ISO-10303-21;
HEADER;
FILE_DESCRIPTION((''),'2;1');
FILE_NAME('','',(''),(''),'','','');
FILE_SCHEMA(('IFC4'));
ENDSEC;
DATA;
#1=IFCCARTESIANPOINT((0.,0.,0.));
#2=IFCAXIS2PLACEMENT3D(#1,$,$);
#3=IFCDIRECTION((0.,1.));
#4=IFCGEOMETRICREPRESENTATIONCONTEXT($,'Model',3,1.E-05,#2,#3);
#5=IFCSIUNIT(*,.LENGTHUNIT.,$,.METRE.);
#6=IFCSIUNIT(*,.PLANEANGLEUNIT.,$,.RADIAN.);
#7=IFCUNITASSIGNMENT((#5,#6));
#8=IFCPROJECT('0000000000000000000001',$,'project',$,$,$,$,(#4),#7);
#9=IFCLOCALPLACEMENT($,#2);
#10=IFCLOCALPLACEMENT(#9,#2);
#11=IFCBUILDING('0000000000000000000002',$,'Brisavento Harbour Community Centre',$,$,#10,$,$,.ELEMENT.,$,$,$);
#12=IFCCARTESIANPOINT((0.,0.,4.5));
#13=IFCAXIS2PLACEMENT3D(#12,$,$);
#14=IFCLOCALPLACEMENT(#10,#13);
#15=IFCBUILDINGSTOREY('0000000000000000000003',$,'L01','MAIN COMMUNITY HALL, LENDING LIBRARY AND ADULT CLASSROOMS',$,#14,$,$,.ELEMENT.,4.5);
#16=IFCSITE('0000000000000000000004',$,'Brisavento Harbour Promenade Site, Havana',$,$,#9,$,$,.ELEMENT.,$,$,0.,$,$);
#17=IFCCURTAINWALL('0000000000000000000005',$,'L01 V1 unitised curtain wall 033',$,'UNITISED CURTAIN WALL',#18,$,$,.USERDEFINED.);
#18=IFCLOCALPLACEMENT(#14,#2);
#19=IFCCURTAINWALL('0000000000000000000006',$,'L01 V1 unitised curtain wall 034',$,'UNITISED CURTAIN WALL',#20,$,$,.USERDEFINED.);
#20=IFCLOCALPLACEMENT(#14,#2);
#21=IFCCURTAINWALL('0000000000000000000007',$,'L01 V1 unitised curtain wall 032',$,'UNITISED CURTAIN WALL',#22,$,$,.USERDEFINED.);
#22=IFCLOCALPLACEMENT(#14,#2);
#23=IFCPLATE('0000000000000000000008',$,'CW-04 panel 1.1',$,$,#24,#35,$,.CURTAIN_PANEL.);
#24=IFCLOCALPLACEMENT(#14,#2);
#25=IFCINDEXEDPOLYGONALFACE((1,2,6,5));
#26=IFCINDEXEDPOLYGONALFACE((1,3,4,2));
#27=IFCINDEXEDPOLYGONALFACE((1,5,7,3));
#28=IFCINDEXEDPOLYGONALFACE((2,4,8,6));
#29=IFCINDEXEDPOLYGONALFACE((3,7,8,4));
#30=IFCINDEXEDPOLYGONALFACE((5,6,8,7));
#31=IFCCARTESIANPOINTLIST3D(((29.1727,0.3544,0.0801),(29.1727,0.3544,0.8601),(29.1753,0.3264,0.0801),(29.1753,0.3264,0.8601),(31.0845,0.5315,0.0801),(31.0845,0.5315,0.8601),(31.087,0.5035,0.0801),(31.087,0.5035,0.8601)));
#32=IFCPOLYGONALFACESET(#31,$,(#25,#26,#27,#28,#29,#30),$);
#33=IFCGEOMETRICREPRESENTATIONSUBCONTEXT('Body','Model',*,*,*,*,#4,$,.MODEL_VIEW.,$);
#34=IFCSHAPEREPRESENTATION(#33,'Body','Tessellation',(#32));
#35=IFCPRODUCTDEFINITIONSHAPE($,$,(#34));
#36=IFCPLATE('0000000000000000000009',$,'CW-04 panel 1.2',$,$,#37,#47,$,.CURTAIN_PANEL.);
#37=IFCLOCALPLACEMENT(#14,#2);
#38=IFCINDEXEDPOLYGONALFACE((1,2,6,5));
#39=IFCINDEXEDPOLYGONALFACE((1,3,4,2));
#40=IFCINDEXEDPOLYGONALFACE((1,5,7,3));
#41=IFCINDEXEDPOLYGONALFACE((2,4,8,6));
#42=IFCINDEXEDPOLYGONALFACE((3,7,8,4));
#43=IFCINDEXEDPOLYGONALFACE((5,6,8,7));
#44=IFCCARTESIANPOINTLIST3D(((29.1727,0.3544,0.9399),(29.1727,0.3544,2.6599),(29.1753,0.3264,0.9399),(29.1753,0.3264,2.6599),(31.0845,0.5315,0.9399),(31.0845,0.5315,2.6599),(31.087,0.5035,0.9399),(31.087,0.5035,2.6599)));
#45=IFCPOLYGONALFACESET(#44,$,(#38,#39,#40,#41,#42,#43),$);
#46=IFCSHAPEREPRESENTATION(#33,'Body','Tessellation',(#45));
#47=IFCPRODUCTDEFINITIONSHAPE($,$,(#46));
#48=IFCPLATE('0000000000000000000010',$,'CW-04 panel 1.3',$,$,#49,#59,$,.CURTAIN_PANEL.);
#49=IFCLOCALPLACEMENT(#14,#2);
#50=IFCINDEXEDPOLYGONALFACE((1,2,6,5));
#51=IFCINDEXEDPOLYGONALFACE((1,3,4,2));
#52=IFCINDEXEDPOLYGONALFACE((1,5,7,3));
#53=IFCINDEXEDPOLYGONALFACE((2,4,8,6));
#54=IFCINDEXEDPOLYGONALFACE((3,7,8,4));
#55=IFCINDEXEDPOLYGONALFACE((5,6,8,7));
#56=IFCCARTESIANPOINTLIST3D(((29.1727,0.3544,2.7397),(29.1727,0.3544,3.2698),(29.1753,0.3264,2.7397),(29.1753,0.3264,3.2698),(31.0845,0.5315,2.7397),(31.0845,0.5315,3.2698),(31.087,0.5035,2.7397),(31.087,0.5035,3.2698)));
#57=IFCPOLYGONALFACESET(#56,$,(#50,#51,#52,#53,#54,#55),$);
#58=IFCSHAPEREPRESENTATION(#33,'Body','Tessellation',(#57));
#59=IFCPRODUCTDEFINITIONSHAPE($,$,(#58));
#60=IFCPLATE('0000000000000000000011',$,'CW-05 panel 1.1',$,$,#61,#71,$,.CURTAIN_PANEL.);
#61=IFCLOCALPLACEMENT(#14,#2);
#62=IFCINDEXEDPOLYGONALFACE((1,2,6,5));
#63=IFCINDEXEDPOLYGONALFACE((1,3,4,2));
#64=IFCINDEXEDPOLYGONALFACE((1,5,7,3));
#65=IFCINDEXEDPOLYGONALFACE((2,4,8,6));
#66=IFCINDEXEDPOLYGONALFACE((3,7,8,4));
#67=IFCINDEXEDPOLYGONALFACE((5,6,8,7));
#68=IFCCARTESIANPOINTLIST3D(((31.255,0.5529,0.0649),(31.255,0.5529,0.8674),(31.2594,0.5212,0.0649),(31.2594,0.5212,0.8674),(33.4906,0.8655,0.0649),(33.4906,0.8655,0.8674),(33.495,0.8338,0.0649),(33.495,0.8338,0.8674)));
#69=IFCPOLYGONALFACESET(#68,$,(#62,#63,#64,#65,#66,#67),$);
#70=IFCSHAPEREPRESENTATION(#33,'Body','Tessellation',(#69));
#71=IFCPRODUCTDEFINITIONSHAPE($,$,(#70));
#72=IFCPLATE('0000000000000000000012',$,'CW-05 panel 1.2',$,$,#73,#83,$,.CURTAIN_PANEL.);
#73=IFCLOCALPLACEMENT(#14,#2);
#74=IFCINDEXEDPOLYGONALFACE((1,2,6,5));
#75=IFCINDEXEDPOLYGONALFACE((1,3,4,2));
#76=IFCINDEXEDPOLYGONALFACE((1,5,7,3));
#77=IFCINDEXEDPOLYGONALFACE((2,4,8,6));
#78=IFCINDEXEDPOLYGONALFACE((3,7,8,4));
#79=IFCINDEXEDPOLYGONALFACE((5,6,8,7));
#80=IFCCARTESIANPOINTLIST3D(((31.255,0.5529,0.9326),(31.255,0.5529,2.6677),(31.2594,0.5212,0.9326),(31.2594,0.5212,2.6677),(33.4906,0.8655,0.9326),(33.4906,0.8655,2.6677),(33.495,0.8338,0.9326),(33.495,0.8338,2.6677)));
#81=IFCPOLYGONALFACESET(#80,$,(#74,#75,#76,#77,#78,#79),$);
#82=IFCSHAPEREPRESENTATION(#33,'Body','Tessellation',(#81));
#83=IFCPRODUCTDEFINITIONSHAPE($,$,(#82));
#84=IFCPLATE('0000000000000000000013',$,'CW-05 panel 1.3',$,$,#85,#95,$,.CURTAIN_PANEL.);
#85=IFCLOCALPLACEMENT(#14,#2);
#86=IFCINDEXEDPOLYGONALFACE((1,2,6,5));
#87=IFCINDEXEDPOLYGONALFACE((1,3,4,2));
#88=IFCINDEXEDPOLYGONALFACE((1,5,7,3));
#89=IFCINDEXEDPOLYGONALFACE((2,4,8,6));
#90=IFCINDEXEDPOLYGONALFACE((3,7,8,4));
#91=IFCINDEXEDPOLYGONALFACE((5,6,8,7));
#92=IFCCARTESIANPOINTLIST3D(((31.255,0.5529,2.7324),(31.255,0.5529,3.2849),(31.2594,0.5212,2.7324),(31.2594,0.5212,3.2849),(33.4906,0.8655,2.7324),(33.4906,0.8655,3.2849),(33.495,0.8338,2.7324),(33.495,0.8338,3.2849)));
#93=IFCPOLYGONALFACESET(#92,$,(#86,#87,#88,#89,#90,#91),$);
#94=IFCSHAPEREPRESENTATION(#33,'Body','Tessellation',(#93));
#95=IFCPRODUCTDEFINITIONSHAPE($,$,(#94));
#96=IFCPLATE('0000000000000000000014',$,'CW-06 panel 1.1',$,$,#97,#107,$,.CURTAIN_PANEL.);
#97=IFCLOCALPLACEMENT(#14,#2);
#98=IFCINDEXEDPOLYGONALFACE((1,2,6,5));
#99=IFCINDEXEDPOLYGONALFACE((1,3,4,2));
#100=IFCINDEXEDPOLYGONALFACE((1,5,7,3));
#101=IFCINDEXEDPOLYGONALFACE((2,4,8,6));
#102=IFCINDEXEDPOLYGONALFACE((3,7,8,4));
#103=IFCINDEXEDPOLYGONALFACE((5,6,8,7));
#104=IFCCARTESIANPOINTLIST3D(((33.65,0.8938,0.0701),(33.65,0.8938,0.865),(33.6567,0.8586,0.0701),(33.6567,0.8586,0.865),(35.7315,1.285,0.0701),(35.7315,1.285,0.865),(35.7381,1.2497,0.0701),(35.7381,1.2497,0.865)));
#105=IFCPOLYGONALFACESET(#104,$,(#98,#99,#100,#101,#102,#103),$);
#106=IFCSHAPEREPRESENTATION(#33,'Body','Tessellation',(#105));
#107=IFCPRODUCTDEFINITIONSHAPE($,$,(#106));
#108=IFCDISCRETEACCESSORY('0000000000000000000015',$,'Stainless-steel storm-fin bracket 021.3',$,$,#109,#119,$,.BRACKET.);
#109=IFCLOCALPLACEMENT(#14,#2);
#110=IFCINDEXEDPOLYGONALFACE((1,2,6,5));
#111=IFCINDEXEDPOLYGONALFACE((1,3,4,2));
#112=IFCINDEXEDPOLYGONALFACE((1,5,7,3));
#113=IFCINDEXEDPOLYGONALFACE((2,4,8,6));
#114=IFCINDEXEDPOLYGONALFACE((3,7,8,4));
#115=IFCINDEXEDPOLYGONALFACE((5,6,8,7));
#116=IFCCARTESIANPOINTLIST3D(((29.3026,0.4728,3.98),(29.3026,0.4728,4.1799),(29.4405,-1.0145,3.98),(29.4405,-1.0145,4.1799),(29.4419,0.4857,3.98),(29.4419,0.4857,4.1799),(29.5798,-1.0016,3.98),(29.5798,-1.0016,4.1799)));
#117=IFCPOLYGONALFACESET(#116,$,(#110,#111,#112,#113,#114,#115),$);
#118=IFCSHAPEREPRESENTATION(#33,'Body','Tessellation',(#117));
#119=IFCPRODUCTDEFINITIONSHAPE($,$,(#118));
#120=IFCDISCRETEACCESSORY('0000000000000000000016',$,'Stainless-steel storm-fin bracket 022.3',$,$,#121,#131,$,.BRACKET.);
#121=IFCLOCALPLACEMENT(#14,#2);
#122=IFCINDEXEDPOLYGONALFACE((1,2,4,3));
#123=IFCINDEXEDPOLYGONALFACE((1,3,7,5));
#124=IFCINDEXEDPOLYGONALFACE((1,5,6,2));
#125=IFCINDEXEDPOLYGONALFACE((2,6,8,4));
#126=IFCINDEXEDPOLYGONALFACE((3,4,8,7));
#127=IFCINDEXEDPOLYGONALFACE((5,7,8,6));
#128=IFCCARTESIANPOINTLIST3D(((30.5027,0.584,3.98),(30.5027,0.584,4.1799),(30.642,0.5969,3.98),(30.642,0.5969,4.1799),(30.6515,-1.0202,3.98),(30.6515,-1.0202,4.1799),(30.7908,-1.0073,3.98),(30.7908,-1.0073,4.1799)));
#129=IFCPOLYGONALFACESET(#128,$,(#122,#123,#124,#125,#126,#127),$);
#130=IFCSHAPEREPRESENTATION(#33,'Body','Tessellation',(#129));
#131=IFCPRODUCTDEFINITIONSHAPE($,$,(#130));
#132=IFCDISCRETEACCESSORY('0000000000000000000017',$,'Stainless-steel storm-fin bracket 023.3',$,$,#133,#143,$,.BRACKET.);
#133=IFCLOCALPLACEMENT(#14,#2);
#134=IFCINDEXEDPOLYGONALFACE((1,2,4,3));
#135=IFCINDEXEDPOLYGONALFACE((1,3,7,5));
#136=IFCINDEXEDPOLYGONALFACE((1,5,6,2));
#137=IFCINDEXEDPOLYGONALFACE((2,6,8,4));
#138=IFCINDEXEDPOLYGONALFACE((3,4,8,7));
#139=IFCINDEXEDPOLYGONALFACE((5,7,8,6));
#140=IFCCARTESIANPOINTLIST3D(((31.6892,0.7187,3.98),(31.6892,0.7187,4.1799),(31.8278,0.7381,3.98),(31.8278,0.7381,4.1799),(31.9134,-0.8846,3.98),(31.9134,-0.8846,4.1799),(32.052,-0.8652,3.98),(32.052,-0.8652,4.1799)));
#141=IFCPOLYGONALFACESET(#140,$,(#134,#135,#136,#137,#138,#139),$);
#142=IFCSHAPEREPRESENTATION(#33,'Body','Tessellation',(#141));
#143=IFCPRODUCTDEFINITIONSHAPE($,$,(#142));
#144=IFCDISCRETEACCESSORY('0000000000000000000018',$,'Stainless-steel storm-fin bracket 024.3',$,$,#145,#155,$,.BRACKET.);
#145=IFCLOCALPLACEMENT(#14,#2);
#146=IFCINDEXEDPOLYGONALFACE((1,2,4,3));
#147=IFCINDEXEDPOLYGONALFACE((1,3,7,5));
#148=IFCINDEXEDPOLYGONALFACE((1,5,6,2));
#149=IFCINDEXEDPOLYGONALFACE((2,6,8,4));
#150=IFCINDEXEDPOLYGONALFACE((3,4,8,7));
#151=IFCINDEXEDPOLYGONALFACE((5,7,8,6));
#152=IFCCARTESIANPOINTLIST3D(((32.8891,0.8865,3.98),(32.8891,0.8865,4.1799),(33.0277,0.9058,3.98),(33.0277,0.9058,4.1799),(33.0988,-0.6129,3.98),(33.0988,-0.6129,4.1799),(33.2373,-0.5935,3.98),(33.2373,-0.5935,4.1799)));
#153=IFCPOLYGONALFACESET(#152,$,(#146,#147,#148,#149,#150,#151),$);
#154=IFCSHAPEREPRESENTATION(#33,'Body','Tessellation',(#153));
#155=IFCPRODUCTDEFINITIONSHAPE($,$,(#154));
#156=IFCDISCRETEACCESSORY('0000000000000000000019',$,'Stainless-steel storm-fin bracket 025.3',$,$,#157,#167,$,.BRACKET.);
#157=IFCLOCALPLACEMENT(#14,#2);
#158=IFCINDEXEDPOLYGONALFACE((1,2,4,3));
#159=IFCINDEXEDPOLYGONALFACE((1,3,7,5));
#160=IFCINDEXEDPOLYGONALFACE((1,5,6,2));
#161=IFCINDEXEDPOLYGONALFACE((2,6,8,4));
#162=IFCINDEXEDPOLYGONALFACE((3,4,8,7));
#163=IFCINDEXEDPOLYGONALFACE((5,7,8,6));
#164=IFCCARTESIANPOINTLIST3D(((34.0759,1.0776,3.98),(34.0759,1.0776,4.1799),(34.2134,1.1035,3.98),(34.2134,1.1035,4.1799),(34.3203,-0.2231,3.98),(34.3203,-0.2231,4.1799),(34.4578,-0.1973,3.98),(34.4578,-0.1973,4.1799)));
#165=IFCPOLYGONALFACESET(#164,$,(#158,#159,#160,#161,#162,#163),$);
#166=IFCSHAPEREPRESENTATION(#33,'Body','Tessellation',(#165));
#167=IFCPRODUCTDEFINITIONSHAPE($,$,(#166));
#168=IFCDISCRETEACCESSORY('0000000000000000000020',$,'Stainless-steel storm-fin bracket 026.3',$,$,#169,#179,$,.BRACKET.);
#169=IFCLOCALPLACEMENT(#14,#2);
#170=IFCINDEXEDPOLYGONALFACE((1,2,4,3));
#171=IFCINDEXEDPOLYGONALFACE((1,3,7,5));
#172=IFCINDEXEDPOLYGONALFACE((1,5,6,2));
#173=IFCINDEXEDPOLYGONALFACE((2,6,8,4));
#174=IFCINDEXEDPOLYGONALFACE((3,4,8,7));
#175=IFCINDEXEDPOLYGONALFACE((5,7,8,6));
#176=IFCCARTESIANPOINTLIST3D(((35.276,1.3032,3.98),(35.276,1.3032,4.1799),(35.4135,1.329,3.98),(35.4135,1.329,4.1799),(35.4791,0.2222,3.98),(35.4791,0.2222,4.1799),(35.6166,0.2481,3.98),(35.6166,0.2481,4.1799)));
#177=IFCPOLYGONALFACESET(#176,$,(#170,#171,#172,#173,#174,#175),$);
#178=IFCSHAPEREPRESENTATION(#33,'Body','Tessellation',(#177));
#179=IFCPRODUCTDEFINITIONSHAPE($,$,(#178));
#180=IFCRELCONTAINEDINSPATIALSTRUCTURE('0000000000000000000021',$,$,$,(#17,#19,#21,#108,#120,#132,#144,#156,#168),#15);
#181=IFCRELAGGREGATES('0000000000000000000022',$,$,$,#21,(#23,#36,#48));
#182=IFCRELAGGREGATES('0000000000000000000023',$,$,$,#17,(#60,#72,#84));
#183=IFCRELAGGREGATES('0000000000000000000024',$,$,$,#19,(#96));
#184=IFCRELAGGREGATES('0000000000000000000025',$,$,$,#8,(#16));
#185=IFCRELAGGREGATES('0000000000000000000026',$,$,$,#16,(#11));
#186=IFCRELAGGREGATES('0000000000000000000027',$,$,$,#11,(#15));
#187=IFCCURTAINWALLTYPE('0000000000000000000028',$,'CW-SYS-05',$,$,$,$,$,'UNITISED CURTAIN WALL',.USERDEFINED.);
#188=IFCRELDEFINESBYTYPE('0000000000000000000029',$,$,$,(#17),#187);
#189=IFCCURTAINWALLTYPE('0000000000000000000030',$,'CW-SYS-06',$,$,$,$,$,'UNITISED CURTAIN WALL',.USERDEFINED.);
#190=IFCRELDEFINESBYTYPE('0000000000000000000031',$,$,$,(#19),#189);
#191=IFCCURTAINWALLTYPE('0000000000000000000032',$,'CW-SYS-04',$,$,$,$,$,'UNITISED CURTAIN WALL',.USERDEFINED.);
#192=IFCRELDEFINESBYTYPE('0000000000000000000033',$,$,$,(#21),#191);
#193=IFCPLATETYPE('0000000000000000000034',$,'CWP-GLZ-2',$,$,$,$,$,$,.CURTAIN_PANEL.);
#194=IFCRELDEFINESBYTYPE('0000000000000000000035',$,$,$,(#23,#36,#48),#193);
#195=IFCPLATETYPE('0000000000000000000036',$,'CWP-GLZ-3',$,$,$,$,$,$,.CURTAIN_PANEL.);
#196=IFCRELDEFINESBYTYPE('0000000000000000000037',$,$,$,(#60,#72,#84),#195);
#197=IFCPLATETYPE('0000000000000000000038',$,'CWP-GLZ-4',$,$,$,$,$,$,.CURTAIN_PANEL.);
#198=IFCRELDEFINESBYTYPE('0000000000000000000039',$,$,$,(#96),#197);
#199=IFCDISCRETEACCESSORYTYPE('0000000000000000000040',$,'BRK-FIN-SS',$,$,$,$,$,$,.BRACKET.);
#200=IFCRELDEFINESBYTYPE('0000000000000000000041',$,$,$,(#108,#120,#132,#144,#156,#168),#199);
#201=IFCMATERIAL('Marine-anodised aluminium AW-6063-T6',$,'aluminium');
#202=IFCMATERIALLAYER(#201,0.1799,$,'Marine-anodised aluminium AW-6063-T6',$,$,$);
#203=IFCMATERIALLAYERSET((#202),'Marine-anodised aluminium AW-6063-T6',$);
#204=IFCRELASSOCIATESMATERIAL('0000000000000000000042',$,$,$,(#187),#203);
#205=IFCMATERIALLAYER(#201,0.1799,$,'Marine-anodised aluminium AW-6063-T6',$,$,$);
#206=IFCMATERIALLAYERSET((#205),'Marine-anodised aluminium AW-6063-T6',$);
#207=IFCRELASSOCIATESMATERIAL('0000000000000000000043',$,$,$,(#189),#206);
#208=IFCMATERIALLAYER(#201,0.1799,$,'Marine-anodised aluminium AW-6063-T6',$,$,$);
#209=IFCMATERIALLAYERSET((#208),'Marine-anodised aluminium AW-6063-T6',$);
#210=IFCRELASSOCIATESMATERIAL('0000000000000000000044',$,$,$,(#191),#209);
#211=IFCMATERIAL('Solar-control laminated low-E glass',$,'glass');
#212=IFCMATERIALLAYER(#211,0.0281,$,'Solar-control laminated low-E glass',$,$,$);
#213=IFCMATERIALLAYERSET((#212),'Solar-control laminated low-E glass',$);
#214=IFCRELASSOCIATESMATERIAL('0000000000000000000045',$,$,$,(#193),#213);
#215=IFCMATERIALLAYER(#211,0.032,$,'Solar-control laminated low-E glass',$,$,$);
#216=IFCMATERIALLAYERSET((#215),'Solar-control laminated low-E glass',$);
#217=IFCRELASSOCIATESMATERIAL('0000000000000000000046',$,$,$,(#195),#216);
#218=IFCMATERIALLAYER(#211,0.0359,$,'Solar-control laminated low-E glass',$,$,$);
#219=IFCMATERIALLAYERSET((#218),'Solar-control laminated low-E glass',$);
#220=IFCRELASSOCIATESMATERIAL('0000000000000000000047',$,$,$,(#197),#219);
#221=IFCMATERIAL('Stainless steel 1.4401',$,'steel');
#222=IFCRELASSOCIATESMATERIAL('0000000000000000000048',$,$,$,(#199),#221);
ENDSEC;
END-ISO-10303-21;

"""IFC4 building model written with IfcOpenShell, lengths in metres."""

from ifc_helpers import new_model, si_unit, direction, frame, origin, origin_2d, place, context, subcontext, project, spatial, rectangle, extrude, material, layer, layer_set, type_object, element, aggregate, save


model = new_model("IFC4")

# Units and contexts
model_context = context("Model", 3, precision=1e-05, world=origin(), true_north=direction((0.0, 1.0)))
body_context = subcontext(model_context, "Body", "Model", "MODEL_VIEW")
ifc_project = project(units=[si_unit("LENGTHUNIT", "METRE"), si_unit("PLANEANGLEUNIT", "RADIAN")], contexts=[model_context])

# Site, building, storey
site_placement = place(None, origin())
site = spatial("IfcSite", under=ifc_project, at=site_placement, Name="Brisavento Harbour Promenade Site, Havana", CompositionType="ELEMENT", RefElevation=0.0)
building_placement = place(site_placement, origin())
building = spatial("IfcBuilding", under=site, at=building_placement, Name="Brisavento Harbour Community Centre", CompositionType="ELEMENT")
storey_placement = place(building_placement, frame((0.0, 0.0, 4.5)))
storey = spatial("IfcBuildingStorey", under=building, at=storey_placement, Name="L01", Description="MAIN COMMUNITY HALL, LENDING LIBRARY AND ADULT CLASSROOMS", CompositionType="ELEMENT", Elevation=4.5)

# Curtain wall
ifc_material_1 = material(Name="Marine-anodised aluminium AW-6063-T6", Category="aluminium")
ifc_layer_1 = layer(ifc_material_1, 0.1799, Name="Marine-anodised aluminium AW-6063-T6")
ifc_layer_set_1 = layer_set([ifc_layer_1], Name="Marine-anodised aluminium AW-6063-T6")
curtain_wall_type_1 = type_object("IfcCurtainWallType", Name="CW-SYS-05", ElementType="UNITISED CURTAIN WALL", PredefinedType="USERDEFINED", material=ifc_layer_set_1)
curtain_wall_1_placement = place(storey_placement, origin())
curtain_wall_1 = element("IfcCurtainWall", 1, at=curtain_wall_1_placement, inside=storey, type_object=curtain_wall_type_1, Name="L01 V1 unitised curtain wall 033", ObjectType="UNITISED CURTAIN WALL", PredefinedType="USERDEFINED")

# Curtain wall
ifc_layer_2 = layer(ifc_material_1, 0.1799, Name="Marine-anodised aluminium AW-6063-T6")
ifc_layer_set_2 = layer_set([ifc_layer_2], Name="Marine-anodised aluminium AW-6063-T6")
curtain_wall_type_2 = type_object("IfcCurtainWallType", Name="CW-SYS-06", ElementType="UNITISED CURTAIN WALL", PredefinedType="USERDEFINED", material=ifc_layer_set_2)
curtain_wall_2_placement = place(storey_placement, origin())
curtain_wall_2 = element("IfcCurtainWall", 2, at=curtain_wall_2_placement, inside=storey, type_object=curtain_wall_type_2, Name="L01 V1 unitised curtain wall 034", ObjectType="UNITISED CURTAIN WALL", PredefinedType="USERDEFINED")

# Curtain wall
ifc_layer_3 = layer(ifc_material_1, 0.1799, Name="Marine-anodised aluminium AW-6063-T6")
ifc_layer_set_3 = layer_set([ifc_layer_3], Name="Marine-anodised aluminium AW-6063-T6")
curtain_wall_type_3 = type_object("IfcCurtainWallType", Name="CW-SYS-04", ElementType="UNITISED CURTAIN WALL", PredefinedType="USERDEFINED", material=ifc_layer_set_3)
curtain_wall_3_placement = place(storey_placement, origin())
curtain_wall_3 = element("IfcCurtainWall", 3, at=curtain_wall_3_placement, inside=storey, type_object=curtain_wall_type_3, Name="L01 V1 unitised curtain wall 032", ObjectType="UNITISED CURTAIN WALL", PredefinedType="USERDEFINED")

# Plates
ifc_material_2 = material(Name="Solar-control laminated low-E glass", Category="glass")
ifc_layer_4 = layer(ifc_material_2, 0.0281, Name="Solar-control laminated low-E glass")
ifc_layer_set_4 = layer_set([ifc_layer_4], Name="Solar-control laminated low-E glass")
plate_type_1 = type_object("IfcPlateType", Name="CWP-GLZ-2", PredefinedType="CURTAIN_PANEL", material=ifc_layer_set_4)
plate_1_placement = place(storey_placement, frame((30.1299, 0.429, 0.0801), z_axis=(0.0, 0.0, 1.0), x_axis=(-0.995735, -0.092261, 0.0)))
plate_1 = element("IfcPlate", 4, at=plate_1_placement, type_object=plate_type_1, Name="CW-04 panel 1.1", PredefinedType="CURTAIN_PANEL", context=body_context, shape_type="SweptSolid", body=[
    extrude(rectangle(XDim=1.9199, YDim=0.0281, at=origin_2d()), origin(), (0.0, 0.0, 1.0), 0.78),
])
plate_2_placement = place(storey_placement, frame((30.1299, 0.429, 0.9399), z_axis=(0.0, 0.0, 1.0), x_axis=(-0.995735, -0.092261, 0.0)))
plate_2 = element("IfcPlate", 5, at=plate_2_placement, type_object=plate_type_1, Name="CW-04 panel 1.2", PredefinedType="CURTAIN_PANEL", context=body_context, shape_type="SweptSolid", body=[
    extrude(rectangle(XDim=1.9199, YDim=0.0281, at=origin_2d()), origin(), (0.0, 0.0, 1.0), 1.72),
])
plate_3_placement = place(storey_placement, frame((30.1299, 0.429, 2.7397), z_axis=(0.0, 0.0, 1.0), x_axis=(-0.995735, -0.092261, 0.0)))
plate_3 = element("IfcPlate", 6, at=plate_3_placement, type_object=plate_type_1, Name="CW-04 panel 1.3", PredefinedType="CURTAIN_PANEL", context=body_context, shape_type="SweptSolid", body=[
    extrude(rectangle(XDim=1.9199, YDim=0.0281, at=origin_2d()), origin(), (0.0, 0.0, 1.0), 0.53),
])
aggregate(curtain_wall_3, [plate_1, plate_2, plate_3])
ifc_layer_5 = layer(ifc_material_2, 0.032, Name="Solar-control laminated low-E glass")
ifc_layer_set_5 = layer_set([ifc_layer_5], Name="Solar-control laminated low-E glass")
plate_type_2 = type_object("IfcPlateType", Name="CWP-GLZ-3", PredefinedType="CURTAIN_PANEL", material=ifc_layer_set_5)
plate_4_placement = place(storey_placement, frame((32.375, 0.6934, 0.0649), z_axis=(0.0, 0.0, 1.0), x_axis=(-0.990366, -0.138477, 0.0)))
plate_4 = element("IfcPlate", 7, at=plate_4_placement, type_object=plate_type_2, Name="CW-05 panel 1.1", PredefinedType="CURTAIN_PANEL", context=body_context, shape_type="SweptSolid", body=[
    extrude(rectangle(XDim=2.2573, YDim=0.032, at=origin_2d()), origin(), (0.0, 0.0, 1.0), 0.8025),
])
plate_5_placement = place(storey_placement, frame((32.375, 0.6934, 0.9326), z_axis=(0.0, 0.0, 1.0), x_axis=(-0.990366, -0.138477, 0.0)))
plate_5 = element("IfcPlate", 8, at=plate_5_placement, type_object=plate_type_2, Name="CW-05 panel 1.2", PredefinedType="CURTAIN_PANEL", context=body_context, shape_type="SweptSolid", body=[
    extrude(rectangle(XDim=2.2573, YDim=0.032, at=origin_2d()), origin(), (0.0, 0.0, 1.0), 1.7351),
])
plate_6_placement = place(storey_placement, frame((32.375, 0.6934, 2.7324), z_axis=(0.0, 0.0, 1.0), x_axis=(-0.990366, -0.138477, 0.0)))
plate_6 = element("IfcPlate", 9, at=plate_6_placement, type_object=plate_type_2, Name="CW-05 panel 1.3", PredefinedType="CURTAIN_PANEL", context=body_context, shape_type="SweptSolid", body=[
    extrude(rectangle(XDim=2.2573, YDim=0.032, at=origin_2d()), origin(), (0.0, 0.0, 1.0), 0.5525),
])
aggregate(curtain_wall_1, [plate_4, plate_5, plate_6])
ifc_layer_6 = layer(ifc_material_2, 0.0359, Name="Solar-control laminated low-E glass")
ifc_layer_set_6 = layer_set([ifc_layer_6], Name="Solar-control laminated low-E glass")
plate_type_3 = type_object("IfcPlateType", Name="CWP-GLZ-4", PredefinedType="CURTAIN_PANEL", material=ifc_layer_set_6)
plate_7_placement = place(storey_placement, frame((34.6941, 1.0718, 0.0701), z_axis=(0.0, 0.0, 1.0), x_axis=(-0.982797, -0.18469, 0.0)))
plate_7 = element("IfcPlate", 10, at=plate_7_placement, type_object=plate_type_3, Name="CW-06 panel 1.1", PredefinedType="CURTAIN_PANEL", context=body_context, shape_type="SweptSolid", body=[
    extrude(rectangle(XDim=2.1179, YDim=0.0359, at=origin_2d()), origin(), (0.0, 0.0, 1.0), 0.7949),
])
aggregate(curtain_wall_2, [plate_7])

# Discrete accessories
ifc_material_3 = material(Name="Stainless steel 1.4401", Category="steel")
discrete_accessory_type = type_object("IfcDiscreteAccessoryType", Name="BRK-FIN-SS", PredefinedType="BRACKET", material=ifc_material_3)
discrete_accessory_1_placement = place(storey_placement, frame((29.4412, -0.2644, 3.98), z_axis=(0.0, 0.0, 1.0), x_axis=(0.092336, -0.995728, 0.0)))
element("IfcDiscreteAccessory", 11, at=discrete_accessory_1_placement, inside=storey, type_object=discrete_accessory_type, Name="Stainless-steel storm-fin bracket 021.3", PredefinedType="BRACKET", context=body_context, shape_type="SweptSolid", body=[
    extrude(rectangle(XDim=1.4937, YDim=0.1399, at=origin_2d()), origin(), (0.0, 0.0, 1.0), 0.2),
])
discrete_accessory_2_placement = place(storey_placement, frame((30.6467, -0.2117, 3.98), z_axis=(0.0, 0.0, 1.0), x_axis=(0.092336, -0.995728, 0.0)))
element("IfcDiscreteAccessory", 12, at=discrete_accessory_2_placement, inside=storey, type_object=discrete_accessory_type, Name="Stainless-steel storm-fin bracket 022.3", PredefinedType="BRACKET", context=body_context, shape_type="SweptSolid", body=[
    extrude(rectangle(XDim=1.6111, YDim=0.1399, at=origin_2d()), origin(), (0.0, 0.0, 1.0), 0.2),
])
discrete_accessory_3_placement = place(storey_placement, frame((31.8706, -0.0732, 3.98), z_axis=(0.0, 0.0, 1.0), x_axis=(0.138499, -0.990363, 0.0)))
element("IfcDiscreteAccessory", 13, at=discrete_accessory_3_placement, inside=storey, type_object=discrete_accessory_type, Name="Stainless-steel storm-fin bracket 023.3", PredefinedType="BRACKET", context=body_context, shape_type="SweptSolid", body=[
    extrude(rectangle(XDim=1.6189, YDim=0.1399, at=origin_2d()), origin(), (0.0, 0.0, 1.0), 0.2),
])
discrete_accessory_4_placement = place(storey_placement, frame((33.0632, 0.1465, 3.98), z_axis=(0.0, 0.0, 1.0), x_axis=(0.138499, -0.990363, 0.0)))
element("IfcDiscreteAccessory", 14, at=discrete_accessory_4_placement, inside=storey, type_object=discrete_accessory_type, Name="Stainless-steel storm-fin bracket 024.3", PredefinedType="BRACKET", context=body_context, shape_type="SweptSolid", body=[
    extrude(rectangle(XDim=1.5139, YDim=0.1399, at=origin_2d()), origin(), (0.0, 0.0, 1.0), 0.2),
])
discrete_accessory_5_placement = place(storey_placement, frame((34.2668, 0.4402, 3.98), z_axis=(0.0, 0.0, 1.0), x_axis=(0.184672, -0.9828, 0.0)))
element("IfcDiscreteAccessory", 15, at=discrete_accessory_5_placement, inside=storey, type_object=discrete_accessory_type, Name="Stainless-steel storm-fin bracket 025.3", PredefinedType="BRACKET", context=body_context, shape_type="SweptSolid", body=[
    extrude(rectangle(XDim=1.3235, YDim=0.1399, at=origin_2d()), origin(), (0.0, 0.0, 1.0), 0.2),
])
discrete_accessory_6_placement = place(storey_placement, frame((35.4463, 0.7756, 3.98), z_axis=(0.0, 0.0, 1.0), x_axis=(0.184672, -0.9828, 0.0)))
element("IfcDiscreteAccessory", 16, at=discrete_accessory_6_placement, inside=storey, type_object=discrete_accessory_type, Name="Stainless-steel storm-fin bracket 026.3", PredefinedType="BRACKET", context=body_context, shape_type="SweptSolid", body=[
    extrude(rectangle(XDim=1.0999, YDim=0.1399, at=origin_2d()), origin(), (0.0, 0.0, 1.0), 0.2),
])

save(model, "model.ifc")
